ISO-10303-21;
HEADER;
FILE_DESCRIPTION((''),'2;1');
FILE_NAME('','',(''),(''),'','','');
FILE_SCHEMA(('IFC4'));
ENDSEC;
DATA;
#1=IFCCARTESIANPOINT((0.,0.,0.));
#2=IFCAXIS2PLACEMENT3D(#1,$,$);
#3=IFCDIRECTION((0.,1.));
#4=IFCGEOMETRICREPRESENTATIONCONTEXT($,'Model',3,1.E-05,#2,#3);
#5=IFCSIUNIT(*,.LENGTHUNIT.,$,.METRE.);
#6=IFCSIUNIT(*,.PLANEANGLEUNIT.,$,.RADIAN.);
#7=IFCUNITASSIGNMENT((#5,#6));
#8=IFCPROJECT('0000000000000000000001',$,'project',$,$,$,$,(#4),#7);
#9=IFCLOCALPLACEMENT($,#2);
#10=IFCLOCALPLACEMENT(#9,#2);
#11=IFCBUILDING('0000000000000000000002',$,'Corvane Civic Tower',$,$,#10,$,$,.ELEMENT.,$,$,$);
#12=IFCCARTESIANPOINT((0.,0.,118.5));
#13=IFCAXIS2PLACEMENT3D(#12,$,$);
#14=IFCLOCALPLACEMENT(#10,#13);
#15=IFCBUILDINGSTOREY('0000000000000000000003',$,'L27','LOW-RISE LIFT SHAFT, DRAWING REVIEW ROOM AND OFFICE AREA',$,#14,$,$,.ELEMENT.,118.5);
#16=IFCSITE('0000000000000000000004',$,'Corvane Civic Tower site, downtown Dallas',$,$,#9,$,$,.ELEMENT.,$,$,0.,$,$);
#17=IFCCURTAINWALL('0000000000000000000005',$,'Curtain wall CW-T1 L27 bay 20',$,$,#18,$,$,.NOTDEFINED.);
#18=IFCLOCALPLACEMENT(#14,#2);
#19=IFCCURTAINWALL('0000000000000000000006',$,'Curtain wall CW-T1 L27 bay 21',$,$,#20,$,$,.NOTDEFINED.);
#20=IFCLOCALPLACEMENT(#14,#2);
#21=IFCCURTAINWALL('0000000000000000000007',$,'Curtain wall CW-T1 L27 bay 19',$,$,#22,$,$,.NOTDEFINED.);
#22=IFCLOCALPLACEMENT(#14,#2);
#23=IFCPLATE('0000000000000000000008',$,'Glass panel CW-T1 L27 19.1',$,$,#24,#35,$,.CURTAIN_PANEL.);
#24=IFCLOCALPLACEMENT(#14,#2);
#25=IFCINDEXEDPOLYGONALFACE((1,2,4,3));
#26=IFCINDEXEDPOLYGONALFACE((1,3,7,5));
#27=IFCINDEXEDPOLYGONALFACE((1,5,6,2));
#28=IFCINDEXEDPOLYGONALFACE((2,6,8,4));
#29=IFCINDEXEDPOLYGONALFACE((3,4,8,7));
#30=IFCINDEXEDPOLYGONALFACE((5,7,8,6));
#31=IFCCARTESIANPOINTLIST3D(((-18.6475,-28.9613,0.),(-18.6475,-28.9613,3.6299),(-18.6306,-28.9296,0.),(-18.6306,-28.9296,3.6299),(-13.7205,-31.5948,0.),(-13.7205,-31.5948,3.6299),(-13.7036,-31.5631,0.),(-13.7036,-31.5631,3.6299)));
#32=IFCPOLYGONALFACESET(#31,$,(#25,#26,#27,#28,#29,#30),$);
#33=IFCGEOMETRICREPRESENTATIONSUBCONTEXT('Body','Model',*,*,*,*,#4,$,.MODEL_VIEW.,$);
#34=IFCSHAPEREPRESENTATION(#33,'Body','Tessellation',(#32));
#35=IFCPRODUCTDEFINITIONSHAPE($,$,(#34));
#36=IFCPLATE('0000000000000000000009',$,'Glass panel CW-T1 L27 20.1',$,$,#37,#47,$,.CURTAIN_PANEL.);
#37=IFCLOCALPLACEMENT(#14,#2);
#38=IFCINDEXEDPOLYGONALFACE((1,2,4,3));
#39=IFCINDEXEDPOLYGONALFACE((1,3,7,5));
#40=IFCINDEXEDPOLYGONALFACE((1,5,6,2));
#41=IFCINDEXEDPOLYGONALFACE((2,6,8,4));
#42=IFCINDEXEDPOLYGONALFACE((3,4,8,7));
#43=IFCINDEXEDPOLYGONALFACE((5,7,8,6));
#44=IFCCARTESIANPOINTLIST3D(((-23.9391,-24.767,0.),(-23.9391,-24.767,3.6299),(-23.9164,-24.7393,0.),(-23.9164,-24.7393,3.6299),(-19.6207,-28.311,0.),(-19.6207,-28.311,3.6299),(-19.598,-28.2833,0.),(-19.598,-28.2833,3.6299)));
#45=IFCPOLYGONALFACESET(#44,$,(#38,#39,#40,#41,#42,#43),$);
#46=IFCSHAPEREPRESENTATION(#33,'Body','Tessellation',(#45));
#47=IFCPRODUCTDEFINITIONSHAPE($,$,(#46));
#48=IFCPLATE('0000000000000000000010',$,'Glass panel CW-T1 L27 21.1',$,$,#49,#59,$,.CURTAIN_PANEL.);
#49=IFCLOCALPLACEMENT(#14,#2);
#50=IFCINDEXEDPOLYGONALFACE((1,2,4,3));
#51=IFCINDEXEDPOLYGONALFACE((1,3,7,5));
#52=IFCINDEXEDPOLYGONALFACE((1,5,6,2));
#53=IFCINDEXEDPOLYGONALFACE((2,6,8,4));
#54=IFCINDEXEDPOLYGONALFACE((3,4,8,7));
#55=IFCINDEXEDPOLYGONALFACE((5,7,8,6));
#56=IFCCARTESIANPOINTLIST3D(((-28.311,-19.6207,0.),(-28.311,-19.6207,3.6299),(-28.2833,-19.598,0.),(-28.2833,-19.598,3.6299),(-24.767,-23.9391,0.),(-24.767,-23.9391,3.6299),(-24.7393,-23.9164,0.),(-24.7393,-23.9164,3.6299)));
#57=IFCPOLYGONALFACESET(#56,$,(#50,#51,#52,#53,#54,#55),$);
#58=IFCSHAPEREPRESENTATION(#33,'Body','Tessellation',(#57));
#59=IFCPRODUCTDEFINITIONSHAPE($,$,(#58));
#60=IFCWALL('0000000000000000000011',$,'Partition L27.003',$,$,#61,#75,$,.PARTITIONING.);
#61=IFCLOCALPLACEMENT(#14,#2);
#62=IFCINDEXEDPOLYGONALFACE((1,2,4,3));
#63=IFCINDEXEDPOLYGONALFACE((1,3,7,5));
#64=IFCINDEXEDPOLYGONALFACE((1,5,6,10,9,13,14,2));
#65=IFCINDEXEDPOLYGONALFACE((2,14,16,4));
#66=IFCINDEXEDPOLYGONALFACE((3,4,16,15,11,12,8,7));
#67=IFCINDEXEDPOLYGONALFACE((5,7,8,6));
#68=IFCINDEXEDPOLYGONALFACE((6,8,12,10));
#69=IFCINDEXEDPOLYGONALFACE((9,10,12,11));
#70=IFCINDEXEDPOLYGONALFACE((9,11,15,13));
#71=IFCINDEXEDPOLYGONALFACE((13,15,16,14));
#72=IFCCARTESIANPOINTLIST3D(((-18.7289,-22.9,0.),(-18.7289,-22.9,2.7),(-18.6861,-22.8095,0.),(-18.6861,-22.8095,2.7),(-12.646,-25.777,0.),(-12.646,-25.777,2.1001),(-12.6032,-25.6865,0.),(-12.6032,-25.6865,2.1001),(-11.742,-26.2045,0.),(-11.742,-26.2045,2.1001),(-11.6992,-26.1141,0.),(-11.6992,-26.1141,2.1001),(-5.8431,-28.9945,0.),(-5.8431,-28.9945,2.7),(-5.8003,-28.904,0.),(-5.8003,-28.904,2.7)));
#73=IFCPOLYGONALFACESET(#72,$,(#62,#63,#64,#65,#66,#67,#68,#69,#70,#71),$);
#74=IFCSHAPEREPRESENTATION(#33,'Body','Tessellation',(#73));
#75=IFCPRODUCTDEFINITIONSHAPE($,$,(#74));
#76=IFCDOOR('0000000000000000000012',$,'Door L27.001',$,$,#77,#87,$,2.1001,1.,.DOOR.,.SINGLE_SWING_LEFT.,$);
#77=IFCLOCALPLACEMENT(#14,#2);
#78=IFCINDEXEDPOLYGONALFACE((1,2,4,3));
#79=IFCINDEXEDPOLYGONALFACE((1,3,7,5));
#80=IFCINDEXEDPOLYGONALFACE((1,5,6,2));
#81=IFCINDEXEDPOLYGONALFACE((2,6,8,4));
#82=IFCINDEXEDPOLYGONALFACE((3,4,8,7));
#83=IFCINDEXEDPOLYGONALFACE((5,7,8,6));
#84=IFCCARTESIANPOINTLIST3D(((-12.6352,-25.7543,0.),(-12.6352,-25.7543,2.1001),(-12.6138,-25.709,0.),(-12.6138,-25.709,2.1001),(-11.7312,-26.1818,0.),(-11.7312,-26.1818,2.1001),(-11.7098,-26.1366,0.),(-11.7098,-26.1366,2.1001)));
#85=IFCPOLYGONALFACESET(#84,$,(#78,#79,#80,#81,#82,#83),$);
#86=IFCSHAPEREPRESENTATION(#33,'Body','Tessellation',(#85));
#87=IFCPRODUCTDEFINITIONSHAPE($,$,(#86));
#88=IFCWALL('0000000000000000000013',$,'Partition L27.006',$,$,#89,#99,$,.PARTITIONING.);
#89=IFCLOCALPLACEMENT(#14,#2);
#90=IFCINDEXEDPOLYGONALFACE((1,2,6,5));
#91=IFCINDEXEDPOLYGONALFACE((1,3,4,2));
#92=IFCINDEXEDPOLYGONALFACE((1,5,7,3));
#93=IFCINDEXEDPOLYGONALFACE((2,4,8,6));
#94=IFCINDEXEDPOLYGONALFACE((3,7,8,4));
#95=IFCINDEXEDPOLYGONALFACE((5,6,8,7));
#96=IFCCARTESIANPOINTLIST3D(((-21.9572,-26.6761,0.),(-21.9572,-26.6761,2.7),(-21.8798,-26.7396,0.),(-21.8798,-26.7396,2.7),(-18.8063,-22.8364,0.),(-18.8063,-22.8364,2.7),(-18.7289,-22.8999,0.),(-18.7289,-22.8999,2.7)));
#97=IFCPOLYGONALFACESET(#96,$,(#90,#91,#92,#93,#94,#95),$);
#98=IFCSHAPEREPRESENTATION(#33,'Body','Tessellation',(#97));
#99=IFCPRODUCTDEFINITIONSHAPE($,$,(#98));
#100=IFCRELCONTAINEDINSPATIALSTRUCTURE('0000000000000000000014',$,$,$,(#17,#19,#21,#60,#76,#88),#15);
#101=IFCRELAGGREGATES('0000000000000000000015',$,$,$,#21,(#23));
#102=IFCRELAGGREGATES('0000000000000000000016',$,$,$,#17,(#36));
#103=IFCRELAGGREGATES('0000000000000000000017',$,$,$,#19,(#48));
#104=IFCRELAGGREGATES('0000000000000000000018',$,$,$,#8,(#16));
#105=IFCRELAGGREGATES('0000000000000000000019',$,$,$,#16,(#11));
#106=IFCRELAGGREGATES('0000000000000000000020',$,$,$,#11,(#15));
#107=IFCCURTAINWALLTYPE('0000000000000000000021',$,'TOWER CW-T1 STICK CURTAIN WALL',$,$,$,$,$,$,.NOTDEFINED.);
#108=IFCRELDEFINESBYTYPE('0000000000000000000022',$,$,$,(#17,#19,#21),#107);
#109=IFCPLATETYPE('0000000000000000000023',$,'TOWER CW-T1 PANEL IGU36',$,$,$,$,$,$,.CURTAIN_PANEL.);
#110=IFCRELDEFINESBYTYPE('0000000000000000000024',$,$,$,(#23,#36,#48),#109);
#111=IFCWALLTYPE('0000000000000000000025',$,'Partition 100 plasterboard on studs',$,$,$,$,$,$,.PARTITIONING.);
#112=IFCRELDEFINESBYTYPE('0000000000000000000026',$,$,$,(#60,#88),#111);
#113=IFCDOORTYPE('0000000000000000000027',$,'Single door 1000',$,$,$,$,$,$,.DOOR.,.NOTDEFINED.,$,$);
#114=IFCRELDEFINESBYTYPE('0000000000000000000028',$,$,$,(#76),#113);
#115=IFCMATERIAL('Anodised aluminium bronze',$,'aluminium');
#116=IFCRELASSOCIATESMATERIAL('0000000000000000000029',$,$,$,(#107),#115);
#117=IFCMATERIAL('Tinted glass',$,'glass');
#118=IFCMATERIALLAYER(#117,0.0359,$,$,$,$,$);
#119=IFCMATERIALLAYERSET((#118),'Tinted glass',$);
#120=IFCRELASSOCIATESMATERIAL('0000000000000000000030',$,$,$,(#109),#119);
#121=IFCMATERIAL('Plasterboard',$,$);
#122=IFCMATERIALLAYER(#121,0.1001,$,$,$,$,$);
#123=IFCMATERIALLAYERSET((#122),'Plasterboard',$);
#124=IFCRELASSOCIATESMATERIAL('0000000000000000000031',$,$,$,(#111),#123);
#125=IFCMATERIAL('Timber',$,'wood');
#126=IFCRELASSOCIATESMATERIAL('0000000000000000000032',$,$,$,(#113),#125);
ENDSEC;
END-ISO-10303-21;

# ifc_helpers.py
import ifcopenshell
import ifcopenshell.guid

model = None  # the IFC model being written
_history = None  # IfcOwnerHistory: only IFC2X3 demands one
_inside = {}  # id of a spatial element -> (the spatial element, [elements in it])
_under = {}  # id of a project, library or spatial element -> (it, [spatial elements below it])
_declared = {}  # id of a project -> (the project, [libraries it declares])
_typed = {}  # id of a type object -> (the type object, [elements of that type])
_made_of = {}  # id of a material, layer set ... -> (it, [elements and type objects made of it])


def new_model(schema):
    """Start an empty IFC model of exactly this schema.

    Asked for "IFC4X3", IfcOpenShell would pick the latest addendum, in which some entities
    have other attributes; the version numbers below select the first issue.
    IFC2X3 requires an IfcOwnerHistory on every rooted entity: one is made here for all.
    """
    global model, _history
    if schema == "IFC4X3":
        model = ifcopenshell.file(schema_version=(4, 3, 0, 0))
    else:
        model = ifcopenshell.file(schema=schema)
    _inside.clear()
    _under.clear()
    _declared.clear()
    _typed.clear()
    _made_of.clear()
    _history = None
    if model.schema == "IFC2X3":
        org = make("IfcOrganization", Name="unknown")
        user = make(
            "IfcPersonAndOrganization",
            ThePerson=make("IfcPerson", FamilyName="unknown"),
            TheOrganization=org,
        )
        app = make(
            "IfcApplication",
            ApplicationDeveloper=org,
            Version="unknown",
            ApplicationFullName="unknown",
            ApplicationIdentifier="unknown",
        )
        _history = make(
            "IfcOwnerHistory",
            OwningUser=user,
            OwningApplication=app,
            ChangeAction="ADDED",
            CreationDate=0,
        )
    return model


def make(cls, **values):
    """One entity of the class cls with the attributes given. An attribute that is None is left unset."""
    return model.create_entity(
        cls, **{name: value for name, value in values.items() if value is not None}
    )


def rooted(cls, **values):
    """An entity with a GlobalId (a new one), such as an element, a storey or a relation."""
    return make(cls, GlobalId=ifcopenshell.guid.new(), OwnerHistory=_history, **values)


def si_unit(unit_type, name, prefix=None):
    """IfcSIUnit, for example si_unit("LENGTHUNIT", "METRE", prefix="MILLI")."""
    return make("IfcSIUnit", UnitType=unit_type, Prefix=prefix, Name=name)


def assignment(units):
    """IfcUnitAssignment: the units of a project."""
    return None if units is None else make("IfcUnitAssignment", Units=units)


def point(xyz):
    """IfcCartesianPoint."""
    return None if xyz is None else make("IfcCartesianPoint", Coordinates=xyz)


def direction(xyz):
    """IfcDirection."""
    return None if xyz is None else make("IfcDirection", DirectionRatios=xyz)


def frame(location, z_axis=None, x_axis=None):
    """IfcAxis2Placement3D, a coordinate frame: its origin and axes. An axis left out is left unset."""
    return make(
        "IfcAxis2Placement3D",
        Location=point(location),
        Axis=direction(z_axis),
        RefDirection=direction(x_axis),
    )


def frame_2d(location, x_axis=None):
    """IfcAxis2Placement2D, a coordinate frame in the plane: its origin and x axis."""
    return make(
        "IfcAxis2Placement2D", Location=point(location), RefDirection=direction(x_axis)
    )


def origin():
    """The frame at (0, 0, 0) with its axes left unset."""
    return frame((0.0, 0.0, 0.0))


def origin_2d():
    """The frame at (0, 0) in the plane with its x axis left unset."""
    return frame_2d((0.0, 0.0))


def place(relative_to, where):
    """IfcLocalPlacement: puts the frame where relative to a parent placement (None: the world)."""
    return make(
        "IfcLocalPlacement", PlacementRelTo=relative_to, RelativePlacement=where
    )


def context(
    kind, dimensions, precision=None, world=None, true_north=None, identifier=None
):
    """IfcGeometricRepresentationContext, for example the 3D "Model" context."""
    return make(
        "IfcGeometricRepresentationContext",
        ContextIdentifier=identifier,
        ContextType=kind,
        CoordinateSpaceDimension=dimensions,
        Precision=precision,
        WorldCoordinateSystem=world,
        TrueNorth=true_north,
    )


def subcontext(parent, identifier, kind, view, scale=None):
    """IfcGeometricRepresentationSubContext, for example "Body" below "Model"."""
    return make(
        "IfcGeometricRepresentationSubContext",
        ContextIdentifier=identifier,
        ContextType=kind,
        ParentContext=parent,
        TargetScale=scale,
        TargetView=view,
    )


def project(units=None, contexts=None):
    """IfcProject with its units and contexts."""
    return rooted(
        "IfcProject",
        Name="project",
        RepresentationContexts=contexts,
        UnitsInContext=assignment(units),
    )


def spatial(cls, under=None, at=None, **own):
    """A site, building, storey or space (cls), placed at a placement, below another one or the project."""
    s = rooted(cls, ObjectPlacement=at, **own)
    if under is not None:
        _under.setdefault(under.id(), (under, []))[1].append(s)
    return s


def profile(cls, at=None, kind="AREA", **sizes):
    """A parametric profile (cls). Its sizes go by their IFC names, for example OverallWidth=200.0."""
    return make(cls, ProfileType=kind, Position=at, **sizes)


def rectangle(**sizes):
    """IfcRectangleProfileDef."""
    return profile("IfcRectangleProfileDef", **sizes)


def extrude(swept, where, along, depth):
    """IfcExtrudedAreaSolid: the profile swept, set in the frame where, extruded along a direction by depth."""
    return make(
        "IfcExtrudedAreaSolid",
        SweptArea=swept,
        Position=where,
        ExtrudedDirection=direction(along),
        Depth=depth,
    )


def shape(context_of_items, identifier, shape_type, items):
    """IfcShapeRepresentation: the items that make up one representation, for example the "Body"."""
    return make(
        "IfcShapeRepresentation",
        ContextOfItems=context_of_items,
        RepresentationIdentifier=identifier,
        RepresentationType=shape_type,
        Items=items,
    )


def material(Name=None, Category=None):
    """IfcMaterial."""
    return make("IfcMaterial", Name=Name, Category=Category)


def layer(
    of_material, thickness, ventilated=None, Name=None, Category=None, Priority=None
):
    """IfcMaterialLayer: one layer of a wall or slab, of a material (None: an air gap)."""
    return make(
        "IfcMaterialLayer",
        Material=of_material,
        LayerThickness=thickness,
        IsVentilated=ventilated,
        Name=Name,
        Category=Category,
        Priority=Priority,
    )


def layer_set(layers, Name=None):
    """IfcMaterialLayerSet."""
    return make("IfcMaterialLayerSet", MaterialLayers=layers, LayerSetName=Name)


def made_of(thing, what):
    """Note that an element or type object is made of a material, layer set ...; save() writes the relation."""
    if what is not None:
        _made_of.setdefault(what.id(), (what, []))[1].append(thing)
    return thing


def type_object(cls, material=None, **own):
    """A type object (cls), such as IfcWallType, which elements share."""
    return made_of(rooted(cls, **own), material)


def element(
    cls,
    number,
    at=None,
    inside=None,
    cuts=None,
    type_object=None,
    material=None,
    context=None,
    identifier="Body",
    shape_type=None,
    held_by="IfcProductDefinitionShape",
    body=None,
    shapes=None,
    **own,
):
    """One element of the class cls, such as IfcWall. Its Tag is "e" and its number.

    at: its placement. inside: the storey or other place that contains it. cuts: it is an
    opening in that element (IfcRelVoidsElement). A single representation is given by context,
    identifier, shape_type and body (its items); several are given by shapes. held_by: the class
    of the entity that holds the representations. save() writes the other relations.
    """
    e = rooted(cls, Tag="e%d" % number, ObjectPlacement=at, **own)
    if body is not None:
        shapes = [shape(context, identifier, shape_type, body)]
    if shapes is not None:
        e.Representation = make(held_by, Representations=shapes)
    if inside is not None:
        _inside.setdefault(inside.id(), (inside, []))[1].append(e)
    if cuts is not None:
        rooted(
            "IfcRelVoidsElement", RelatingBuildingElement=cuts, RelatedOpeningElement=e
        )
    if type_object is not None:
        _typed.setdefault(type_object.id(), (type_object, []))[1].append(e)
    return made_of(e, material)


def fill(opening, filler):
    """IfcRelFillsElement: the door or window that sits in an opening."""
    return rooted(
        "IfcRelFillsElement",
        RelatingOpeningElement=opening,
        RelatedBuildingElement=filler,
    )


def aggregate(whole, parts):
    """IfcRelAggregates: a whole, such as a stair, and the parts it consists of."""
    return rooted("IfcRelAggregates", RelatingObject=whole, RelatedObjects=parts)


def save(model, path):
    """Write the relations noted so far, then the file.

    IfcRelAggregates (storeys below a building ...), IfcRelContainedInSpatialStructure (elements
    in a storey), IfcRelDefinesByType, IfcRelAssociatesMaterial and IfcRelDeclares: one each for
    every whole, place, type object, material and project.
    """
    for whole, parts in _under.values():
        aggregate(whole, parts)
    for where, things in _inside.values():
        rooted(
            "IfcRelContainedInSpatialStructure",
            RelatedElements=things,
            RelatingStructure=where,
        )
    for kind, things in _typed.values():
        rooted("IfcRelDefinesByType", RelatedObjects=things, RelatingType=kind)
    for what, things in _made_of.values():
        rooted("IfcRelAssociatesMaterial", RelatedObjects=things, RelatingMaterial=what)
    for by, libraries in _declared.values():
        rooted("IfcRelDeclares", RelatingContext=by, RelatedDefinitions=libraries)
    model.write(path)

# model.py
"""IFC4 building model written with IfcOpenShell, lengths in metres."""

from ifc_helpers import new_model, si_unit, direction, frame, frame_2d, origin, origin_2d, place, context, subcontext, project, spatial, rectangle, extrude, material, layer, layer_set, type_object, element, fill, aggregate, save


model = new_model("IFC4")

# Units and contexts
model_context = context("Model", 3, precision=1e-05, world=origin(), true_north=direction((0.0, 1.0)))
body_context = subcontext(model_context, "Body", "Model", "MODEL_VIEW")
ifc_project = project(units=[si_unit("LENGTHUNIT", "METRE"), si_unit("PLANEANGLEUNIT", "RADIAN")], contexts=[model_context])

# Site, building, storey
site_placement = place(None, origin())
site = spatial("IfcSite", under=ifc_project, at=site_placement, Name="Corvane Civic Tower site, downtown Dallas", CompositionType="ELEMENT", RefElevation=0.0)
building_placement = place(site_placement, origin())
building = spatial("IfcBuilding", under=site, at=building_placement, Name="Corvane Civic Tower", CompositionType="ELEMENT")
storey_placement = place(building_placement, frame((0.0, 0.0, 118.5)))
storey = spatial("IfcBuildingStorey", under=building, at=storey_placement, Name="L27", Description="LOW-RISE LIFT SHAFT, DRAWING REVIEW ROOM AND OFFICE AREA", CompositionType="ELEMENT", Elevation=118.5)

# Curtain walls
ifc_material_1 = material(Name="Anodised aluminium bronze", Category="aluminium")
curtain_wall_type = type_object("IfcCurtainWallType", Name="TOWER CW-T1 STICK CURTAIN WALL", PredefinedType="NOTDEFINED", material=ifc_material_1)
curtain_wall_1_placement = place(storey_placement, origin())
curtain_wall_1 = element("IfcCurtainWall", 1, at=curtain_wall_1_placement, inside=storey, type_object=curtain_wall_type, Name="Curtain wall CW-T1 L27 bay 20", PredefinedType="NOTDEFINED")
curtain_wall_2_placement = place(storey_placement, origin())
curtain_wall_2 = element("IfcCurtainWall", 2, at=curtain_wall_2_placement, inside=storey, type_object=curtain_wall_type, Name="Curtain wall CW-T1 L27 bay 21", PredefinedType="NOTDEFINED")

# Curtain wall, plate
curtain_wall_3_placement = place(storey_placement, origin())
curtain_wall_3 = element("IfcCurtainWall", 3, at=curtain_wall_3_placement, inside=storey, type_object=curtain_wall_type, Name="Curtain wall CW-T1 L27 bay 19", PredefinedType="NOTDEFINED")
ifc_material_2 = material(Name="Tinted glass", Category="glass")
ifc_layer_1 = layer(ifc_material_2, 0.0359)
ifc_layer_set_1 = layer_set([ifc_layer_1], Name="Tinted glass")
plate_type = type_object("IfcPlateType", Name="TOWER CW-T1 PANEL IGU36", PredefinedType="CURTAIN_PANEL", material=ifc_layer_set_1)
plate_1_placement = place(storey_placement, frame((-16.1755, -30.2622, 0.0), z_axis=(0.0, 0.0, 1.0), x_axis=(-0.881924, 0.471392, 0.0)))
plate_1 = element("IfcPlate", 4, at=plate_1_placement, type_object=plate_type, Name="Glass panel CW-T1 L27 19.1", PredefinedType="CURTAIN_PANEL", context=body_context, shape_type="SweptSolid", body=[
    extrude(rectangle(XDim=5.5867, YDim=0.0359, at=origin_2d()), origin(), (0.0, 0.0, 1.0), 3.6299),
])
aggregate(curtain_wall_3, [plate_1])

# Plates
plate_2_placement = place(storey_placement, frame((-21.7686, -26.5251, 0.0), z_axis=(0.0, 0.0, 1.0), x_axis=(-0.773013, 0.63439, 0.0)))
plate_2 = element("IfcPlate", 5, at=plate_2_placement, type_object=plate_type, Name="Glass panel CW-T1 L27 20.1", PredefinedType="CURTAIN_PANEL", context=body_context, shape_type="SweptSolid", body=[
    extrude(rectangle(XDim=5.5864, YDim=0.0359, at=origin_2d()), origin(), (0.0, 0.0, 1.0), 3.6299),
])
aggregate(curtain_wall_1, [plate_2])
plate_3_placement = place(storey_placement, frame((-26.5251, -21.7686, 0.0), z_axis=(0.0, 0.0, 1.0), x_axis=(-0.63439, 0.773013, 0.0)))
plate_3 = element("IfcPlate", 6, at=plate_3_placement, type_object=plate_type, Name="Glass panel CW-T1 L27 21.1", PredefinedType="CURTAIN_PANEL", context=body_context, shape_type="SweptSolid", body=[
    extrude(rectangle(XDim=5.5864, YDim=0.0359, at=origin_2d()), origin(), (0.0, 0.0, 1.0), 3.6299),
])
aggregate(curtain_wall_2, [plate_3])

# Wall, opening, door
ifc_material_3 = material(Name="Plasterboard")
ifc_layer_2 = layer(ifc_material_3, 0.1001)
ifc_layer_set_2 = layer_set([ifc_layer_2], Name="Plasterboard")
wall_type_1 = type_object("IfcWallType", Name="Partition 100 plasterboard on studs", PredefinedType="PARTITIONING", material=ifc_layer_set_2)
wall_1_placement = place(storey_placement, frame((-18.7075, -22.8547, 0.0), z_axis=(0.0, 0.0, 1.0), x_axis=(0.90399, -0.427554, 0.0)))
wall_1 = element("IfcWall", 7, at=wall_1_placement, inside=storey, type_object=wall_type_1, Name="Partition L27.003", PredefinedType="PARTITIONING", context=body_context, shape_type="SweptSolid", body=[
    extrude(rectangle(XDim=14.2544, YDim=0.1001, at=frame_2d((7.1272, 0.0))), origin(), (0.0, 0.0, 1.0), 2.7),
])
opening_1_placement = place(wall_1_placement, frame((6.729, 0.0, 0.0)))
opening_1 = element("IfcOpeningElement", 8, at=opening_1_placement, cuts=wall_1, PredefinedType="OPENING", context=body_context, shape_type="SweptSolid", body=[
    extrude(rectangle(XDim=1.0, YDim=2.1001, at=frame_2d((0.5, 1.05))), frame((0.0, 0.0601, 0.0), z_axis=(0.0, -1.0, 0.0), x_axis=(1.0, 0.0, 0.0)), (0.0, 0.0, 1.0), 0.1201),
])
ifc_material_4 = material(Name="Timber", Category="wood")
door_type_1 = type_object("IfcDoorType", Name="Single door 1000", OperationType="NOTDEFINED", PredefinedType="DOOR", material=ifc_material_4)
door_1_placement = place(opening_1_placement, frame((1.0, 0.0, 0.0), z_axis=(0.0, 0.0, 1.0), x_axis=(-1.0, 0.0, 0.0)))
door_1 = element("IfcDoor", 9, at=door_1_placement, inside=storey, type_object=door_type_1, Name="Door L27.001", OperationType="SINGLE_SWING_LEFT", OverallHeight=2.1001, OverallWidth=1.0, PredefinedType="DOOR", context=body_context, shape_type="SweptSolid", body=[
    extrude(rectangle(XDim=1.0, YDim=2.1001, at=frame_2d((0.5, 1.05))), frame((0.0, 0.0249, 0.0), z_axis=(0.0, -1.0, 0.0), x_axis=(1.0, 0.0, 0.0)), (0.0, 0.0, 1.0), 0.05),
])
fill(opening_1, door_1)

# Wall
wall_2_placement = place(storey_placement, frame((-21.9185, -26.7078, 0.0), z_axis=(0.0, 0.0, 1.0), x_axis=(0.634369, 0.77303, 0.0)))
element("IfcWall", 10, at=wall_2_placement, inside=storey, type_object=wall_type_1, Name="Partition L27.006", PredefinedType="PARTITIONING", context=body_context, shape_type="SweptSolid", body=[
    extrude(rectangle(XDim=4.967, YDim=0.1001, at=frame_2d((2.4834, 0.0))), origin(), (0.0, 0.0, 1.0), 2.7),
])

save(model, "model.ifc")
